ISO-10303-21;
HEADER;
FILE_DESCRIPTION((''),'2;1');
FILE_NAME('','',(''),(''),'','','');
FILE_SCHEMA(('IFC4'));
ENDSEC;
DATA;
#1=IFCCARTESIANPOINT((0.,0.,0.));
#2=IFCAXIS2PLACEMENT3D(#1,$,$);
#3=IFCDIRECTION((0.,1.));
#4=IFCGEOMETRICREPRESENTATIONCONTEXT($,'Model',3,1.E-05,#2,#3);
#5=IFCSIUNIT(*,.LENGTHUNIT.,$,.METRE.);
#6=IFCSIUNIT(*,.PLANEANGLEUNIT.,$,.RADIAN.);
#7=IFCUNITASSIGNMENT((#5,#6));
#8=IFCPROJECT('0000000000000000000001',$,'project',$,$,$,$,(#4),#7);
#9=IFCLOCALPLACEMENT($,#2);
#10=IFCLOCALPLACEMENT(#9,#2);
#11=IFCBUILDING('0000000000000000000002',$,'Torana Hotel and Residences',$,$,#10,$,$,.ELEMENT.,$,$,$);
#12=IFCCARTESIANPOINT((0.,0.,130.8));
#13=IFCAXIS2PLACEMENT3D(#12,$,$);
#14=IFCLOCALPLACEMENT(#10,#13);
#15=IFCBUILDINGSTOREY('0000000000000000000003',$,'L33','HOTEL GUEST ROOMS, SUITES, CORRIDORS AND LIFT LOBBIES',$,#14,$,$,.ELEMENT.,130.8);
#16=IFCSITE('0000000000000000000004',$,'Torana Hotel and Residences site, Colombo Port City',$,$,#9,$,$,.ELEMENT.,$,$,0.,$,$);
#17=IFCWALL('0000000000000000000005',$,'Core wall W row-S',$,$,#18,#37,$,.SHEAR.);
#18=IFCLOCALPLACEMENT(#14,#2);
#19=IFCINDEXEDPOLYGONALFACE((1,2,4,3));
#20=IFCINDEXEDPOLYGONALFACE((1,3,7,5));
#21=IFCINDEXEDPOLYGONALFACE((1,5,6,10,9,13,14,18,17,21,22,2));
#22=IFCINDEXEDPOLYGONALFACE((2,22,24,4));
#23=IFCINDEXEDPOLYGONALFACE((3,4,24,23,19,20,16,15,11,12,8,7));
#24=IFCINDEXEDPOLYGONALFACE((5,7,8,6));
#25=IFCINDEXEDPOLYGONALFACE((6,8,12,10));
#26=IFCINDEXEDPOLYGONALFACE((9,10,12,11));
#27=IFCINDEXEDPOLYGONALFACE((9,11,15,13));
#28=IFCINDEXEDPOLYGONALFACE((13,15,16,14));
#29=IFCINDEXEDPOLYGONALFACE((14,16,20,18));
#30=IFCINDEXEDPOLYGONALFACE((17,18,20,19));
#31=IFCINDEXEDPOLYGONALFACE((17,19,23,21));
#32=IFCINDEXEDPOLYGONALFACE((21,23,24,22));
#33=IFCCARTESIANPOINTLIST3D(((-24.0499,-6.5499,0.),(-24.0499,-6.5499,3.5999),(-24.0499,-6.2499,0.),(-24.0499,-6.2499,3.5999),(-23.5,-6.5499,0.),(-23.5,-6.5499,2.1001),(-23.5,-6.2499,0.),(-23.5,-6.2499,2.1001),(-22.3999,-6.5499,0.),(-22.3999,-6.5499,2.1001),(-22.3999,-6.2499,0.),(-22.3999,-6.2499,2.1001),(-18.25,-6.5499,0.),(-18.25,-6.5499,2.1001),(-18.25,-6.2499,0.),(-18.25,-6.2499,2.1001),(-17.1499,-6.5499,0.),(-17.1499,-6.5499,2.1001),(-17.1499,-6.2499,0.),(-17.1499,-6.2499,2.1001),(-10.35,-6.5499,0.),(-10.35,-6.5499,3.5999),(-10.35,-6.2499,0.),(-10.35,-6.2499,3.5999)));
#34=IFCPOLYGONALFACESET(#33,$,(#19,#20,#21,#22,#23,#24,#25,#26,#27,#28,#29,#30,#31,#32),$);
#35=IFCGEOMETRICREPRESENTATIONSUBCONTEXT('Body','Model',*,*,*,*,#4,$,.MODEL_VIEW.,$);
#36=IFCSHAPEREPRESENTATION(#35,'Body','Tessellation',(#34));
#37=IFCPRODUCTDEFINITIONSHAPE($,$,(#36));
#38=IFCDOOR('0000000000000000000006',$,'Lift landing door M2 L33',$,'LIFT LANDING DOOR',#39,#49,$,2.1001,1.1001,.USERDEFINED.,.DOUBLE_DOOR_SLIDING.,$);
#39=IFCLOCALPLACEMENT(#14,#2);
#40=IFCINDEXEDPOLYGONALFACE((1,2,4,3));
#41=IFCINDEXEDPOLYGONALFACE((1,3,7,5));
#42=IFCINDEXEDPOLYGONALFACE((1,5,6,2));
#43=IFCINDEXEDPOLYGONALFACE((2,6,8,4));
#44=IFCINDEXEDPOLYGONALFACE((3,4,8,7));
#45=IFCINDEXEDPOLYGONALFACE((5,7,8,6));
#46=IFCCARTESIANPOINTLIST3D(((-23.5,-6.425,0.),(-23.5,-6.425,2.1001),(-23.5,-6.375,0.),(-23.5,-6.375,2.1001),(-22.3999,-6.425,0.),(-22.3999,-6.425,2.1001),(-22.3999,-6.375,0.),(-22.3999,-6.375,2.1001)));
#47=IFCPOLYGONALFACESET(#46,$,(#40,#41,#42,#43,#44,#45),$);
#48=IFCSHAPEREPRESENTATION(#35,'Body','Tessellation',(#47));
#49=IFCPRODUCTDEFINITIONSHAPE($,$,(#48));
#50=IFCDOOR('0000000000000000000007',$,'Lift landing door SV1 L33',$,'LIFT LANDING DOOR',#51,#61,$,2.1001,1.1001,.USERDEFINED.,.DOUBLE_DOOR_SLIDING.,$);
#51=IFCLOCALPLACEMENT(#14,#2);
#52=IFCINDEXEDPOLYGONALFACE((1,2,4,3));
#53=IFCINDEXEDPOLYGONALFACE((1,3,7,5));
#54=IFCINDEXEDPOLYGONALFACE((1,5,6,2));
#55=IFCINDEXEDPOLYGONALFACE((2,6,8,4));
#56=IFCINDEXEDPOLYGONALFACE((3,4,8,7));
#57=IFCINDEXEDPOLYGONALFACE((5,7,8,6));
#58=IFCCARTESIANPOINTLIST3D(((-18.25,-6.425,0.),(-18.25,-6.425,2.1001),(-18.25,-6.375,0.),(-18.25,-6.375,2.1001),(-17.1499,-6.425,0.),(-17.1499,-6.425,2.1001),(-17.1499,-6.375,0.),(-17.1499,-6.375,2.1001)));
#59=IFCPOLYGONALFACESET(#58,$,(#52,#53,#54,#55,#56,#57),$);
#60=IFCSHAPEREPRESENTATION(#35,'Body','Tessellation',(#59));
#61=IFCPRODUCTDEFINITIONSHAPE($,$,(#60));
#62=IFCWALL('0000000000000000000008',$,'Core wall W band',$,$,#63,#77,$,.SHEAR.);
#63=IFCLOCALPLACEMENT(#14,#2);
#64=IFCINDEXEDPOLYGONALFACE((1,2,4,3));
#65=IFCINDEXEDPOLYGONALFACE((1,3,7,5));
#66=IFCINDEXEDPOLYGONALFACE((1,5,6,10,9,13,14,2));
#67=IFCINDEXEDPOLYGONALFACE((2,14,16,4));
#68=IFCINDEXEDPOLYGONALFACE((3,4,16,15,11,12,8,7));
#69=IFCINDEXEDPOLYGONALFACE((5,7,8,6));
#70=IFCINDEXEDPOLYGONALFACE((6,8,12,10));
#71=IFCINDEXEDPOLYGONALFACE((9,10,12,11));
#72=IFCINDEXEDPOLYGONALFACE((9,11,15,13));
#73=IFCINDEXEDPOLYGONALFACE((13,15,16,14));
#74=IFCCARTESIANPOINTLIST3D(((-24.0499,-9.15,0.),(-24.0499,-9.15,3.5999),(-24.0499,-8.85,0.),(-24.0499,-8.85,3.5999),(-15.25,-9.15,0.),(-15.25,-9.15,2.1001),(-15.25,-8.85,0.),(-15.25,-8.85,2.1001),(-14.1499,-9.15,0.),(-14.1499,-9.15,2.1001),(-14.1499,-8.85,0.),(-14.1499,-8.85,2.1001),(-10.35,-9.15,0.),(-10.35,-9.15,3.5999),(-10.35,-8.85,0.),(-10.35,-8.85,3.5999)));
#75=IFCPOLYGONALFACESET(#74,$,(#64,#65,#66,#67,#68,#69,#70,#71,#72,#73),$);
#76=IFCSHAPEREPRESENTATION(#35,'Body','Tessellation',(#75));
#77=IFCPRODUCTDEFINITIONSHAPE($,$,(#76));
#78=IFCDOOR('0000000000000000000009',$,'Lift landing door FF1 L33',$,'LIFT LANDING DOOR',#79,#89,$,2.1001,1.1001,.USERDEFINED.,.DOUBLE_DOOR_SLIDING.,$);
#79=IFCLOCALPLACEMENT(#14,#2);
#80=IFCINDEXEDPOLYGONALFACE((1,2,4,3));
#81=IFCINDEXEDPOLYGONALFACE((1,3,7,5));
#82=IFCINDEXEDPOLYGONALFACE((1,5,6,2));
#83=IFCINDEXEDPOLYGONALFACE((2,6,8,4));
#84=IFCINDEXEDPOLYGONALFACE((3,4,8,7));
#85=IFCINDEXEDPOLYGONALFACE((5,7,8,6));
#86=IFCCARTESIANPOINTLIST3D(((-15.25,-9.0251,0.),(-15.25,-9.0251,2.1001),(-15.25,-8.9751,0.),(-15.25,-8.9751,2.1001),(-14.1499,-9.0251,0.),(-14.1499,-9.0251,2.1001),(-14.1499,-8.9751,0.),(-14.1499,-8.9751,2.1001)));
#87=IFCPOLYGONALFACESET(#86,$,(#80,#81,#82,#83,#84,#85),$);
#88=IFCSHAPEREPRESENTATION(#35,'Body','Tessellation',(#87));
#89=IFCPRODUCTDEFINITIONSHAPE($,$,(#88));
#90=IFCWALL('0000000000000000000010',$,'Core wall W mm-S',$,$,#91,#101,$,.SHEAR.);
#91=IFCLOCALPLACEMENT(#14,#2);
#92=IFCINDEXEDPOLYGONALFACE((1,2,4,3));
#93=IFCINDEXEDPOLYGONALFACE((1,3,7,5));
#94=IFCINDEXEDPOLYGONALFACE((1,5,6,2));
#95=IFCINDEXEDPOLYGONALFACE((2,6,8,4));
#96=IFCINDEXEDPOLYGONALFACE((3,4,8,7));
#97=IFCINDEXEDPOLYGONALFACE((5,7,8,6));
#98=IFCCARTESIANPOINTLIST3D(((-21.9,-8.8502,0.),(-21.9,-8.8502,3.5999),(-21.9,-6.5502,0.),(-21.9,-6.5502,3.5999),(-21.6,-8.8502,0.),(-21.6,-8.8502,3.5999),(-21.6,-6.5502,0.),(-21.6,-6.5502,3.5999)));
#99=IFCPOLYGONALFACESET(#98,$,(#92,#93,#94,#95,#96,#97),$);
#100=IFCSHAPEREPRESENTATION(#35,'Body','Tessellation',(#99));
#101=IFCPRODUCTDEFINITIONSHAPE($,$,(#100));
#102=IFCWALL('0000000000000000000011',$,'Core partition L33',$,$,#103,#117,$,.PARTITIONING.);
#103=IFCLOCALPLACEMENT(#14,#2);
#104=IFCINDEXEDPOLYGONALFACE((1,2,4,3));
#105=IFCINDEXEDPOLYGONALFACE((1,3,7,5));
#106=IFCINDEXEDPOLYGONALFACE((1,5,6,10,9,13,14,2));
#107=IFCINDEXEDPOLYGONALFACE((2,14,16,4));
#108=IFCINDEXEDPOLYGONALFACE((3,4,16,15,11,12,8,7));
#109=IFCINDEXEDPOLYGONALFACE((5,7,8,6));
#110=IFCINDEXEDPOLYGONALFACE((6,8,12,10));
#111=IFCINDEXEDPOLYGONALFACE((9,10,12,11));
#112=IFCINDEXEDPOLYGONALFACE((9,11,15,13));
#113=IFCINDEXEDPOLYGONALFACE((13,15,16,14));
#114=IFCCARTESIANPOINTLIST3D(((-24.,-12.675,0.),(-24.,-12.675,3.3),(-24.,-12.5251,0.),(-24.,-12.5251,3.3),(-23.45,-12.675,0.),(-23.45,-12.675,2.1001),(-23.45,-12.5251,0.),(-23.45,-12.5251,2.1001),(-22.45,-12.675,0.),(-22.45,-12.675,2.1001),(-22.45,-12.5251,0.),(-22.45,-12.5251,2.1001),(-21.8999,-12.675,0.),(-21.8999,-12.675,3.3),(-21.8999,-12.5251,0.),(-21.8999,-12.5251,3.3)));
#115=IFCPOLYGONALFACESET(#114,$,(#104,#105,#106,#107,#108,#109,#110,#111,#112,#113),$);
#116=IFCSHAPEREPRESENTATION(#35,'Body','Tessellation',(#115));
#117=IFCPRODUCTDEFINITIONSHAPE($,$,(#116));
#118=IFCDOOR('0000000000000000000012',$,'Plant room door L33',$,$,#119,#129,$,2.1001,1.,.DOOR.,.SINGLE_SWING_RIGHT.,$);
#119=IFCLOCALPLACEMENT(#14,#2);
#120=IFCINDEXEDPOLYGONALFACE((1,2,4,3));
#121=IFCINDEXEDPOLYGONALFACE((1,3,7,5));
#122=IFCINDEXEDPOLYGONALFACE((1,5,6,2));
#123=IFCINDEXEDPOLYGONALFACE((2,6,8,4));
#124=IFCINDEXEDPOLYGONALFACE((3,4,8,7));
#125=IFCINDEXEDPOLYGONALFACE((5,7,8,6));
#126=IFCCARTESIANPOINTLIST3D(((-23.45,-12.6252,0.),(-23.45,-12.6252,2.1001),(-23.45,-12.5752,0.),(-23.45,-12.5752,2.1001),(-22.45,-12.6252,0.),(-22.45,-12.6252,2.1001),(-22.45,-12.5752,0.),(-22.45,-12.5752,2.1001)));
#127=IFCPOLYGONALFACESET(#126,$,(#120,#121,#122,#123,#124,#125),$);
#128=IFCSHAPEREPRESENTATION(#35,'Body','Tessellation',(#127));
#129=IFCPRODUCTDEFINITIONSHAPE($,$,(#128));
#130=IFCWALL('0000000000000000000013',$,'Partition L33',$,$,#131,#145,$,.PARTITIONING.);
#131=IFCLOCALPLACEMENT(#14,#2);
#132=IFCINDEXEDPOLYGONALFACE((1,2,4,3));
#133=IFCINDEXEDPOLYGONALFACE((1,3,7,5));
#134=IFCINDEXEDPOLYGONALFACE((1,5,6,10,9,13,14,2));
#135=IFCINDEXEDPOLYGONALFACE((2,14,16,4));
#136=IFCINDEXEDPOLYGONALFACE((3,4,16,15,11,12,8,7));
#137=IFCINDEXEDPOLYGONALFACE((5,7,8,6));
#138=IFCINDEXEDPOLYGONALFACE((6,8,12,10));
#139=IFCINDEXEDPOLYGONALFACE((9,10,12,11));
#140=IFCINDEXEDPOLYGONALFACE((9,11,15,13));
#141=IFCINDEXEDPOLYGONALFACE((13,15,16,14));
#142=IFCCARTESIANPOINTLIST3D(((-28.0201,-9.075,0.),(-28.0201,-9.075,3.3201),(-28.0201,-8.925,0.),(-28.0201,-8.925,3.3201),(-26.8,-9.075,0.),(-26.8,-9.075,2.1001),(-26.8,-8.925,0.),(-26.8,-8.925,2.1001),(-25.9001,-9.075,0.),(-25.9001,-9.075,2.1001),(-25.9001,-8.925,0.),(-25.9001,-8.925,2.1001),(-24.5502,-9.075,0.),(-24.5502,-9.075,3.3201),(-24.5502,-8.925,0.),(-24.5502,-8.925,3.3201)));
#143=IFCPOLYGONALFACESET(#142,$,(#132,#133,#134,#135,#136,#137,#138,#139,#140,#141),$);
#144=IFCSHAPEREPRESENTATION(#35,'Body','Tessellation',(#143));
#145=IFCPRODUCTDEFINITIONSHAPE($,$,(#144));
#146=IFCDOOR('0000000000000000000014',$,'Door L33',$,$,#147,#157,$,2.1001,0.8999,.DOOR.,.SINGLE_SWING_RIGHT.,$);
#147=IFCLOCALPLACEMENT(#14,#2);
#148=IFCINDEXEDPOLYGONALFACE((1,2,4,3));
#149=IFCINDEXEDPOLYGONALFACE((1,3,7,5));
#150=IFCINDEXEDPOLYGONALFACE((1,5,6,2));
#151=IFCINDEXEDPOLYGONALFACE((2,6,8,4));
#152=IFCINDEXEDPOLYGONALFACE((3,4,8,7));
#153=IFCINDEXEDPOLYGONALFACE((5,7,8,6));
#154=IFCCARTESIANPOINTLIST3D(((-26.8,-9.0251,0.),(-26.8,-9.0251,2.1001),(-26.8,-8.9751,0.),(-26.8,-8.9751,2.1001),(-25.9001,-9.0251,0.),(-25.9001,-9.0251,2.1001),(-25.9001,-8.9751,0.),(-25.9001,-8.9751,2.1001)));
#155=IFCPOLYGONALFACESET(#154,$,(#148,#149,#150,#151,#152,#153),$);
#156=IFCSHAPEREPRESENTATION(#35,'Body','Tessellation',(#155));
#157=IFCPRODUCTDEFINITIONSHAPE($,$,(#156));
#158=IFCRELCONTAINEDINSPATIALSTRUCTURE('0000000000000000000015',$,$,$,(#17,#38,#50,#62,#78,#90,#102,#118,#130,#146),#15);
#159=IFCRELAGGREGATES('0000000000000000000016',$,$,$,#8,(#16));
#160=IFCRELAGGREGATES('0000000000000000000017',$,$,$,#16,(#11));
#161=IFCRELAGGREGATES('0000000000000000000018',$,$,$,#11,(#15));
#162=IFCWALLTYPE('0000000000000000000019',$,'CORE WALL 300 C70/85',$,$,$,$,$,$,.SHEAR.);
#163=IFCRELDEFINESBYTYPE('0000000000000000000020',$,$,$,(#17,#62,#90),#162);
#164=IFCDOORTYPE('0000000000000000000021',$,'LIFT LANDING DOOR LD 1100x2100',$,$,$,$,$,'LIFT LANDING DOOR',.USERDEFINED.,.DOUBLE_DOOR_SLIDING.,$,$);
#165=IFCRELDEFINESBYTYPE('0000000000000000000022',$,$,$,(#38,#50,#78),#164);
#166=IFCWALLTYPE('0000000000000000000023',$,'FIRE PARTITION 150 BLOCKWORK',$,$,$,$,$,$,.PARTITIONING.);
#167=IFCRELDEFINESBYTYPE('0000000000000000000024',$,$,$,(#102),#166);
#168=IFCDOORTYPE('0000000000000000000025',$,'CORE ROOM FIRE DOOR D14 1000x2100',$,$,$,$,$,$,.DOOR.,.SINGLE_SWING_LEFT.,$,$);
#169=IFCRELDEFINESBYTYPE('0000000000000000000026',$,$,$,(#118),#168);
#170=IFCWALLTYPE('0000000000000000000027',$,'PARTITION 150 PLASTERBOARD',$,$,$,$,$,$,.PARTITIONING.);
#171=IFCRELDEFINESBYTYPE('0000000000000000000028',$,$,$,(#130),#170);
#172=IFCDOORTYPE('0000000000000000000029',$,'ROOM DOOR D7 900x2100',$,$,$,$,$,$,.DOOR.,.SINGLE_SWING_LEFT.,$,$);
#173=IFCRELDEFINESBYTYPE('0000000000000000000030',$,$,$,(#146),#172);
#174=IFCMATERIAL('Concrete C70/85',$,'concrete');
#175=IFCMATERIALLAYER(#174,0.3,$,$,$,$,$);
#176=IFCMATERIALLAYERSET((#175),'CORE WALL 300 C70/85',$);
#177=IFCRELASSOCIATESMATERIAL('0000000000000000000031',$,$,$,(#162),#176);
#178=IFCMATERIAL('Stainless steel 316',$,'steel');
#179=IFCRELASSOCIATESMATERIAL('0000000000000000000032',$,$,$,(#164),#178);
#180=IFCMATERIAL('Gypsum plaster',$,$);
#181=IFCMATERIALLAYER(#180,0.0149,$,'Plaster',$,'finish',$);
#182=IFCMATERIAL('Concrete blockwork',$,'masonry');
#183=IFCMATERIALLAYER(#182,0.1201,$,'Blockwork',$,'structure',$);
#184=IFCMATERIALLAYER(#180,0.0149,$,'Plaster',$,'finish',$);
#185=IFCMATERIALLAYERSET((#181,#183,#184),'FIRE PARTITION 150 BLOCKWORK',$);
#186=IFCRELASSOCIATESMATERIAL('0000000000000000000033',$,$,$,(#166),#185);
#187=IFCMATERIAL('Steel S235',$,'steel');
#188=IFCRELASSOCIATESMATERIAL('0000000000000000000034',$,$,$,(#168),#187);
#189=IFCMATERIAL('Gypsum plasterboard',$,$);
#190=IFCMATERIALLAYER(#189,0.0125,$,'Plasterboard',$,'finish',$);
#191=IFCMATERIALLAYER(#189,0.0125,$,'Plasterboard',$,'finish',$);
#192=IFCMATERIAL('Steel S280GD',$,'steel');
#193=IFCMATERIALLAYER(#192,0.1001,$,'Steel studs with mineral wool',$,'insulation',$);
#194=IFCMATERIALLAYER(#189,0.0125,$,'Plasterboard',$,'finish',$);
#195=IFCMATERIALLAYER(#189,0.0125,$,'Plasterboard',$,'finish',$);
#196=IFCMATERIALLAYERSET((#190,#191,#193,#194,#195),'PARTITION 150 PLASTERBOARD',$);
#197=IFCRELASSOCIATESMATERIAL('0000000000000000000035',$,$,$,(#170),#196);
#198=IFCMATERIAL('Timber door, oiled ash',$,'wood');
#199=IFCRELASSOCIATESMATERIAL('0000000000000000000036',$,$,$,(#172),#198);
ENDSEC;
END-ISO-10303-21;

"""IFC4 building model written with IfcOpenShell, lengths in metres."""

from ifc_helpers import new_model, si_unit, direction, frame, frame_2d, origin, place, context, subcontext, project, spatial, rectangle, extrude, material, layer, layer_set, type_object, element, fill, save


model = new_model("IFC4")

# Units and contexts
model_context = context("Model", 3, precision=1e-05, world=origin(), true_north=direction((0.0, 1.0)))
body_context = subcontext(model_context, "Body", "Model", "MODEL_VIEW")
ifc_project = project(units=[si_unit("LENGTHUNIT", "METRE"), si_unit("PLANEANGLEUNIT", "RADIAN")], contexts=[model_context])

# Site, building, storey
site_placement = place(None, origin())
site = spatial("IfcSite", under=ifc_project, at=site_placement, Name="Torana Hotel and Residences site, Colombo Port City", CompositionType="ELEMENT", RefElevation=0.0)
building_placement = place(site_placement, origin())
building = spatial("IfcBuilding", under=site, at=building_placement, Name="Torana Hotel and Residences", CompositionType="ELEMENT")
storey_placement = place(building_placement, frame((0.0, 0.0, 130.8)))
storey = spatial("IfcBuildingStorey", under=building, at=storey_placement, Name="L33", Description="HOTEL GUEST ROOMS, SUITES, CORRIDORS AND LIFT LOBBIES", CompositionType="ELEMENT", Elevation=130.8)

# Wall, openings, doors
ifc_material_1 = material(Name="Concrete C70/85", Category="concrete")
ifc_layer_1 = layer(ifc_material_1, 0.3)
ifc_layer_set_1 = layer_set([ifc_layer_1], Name="CORE WALL 300 C70/85")
wall_type_1 = type_object("IfcWallType", Name="CORE WALL 300 C70/85", PredefinedType="SHEAR", material=ifc_layer_set_1)
wall_1_placement = place(storey_placement, frame((-24.05, -6.3999, 0.0), z_axis=(0.0, 0.0, 1.0), x_axis=(1.0, 0.0, 0.0)))
wall_1 = element("IfcWall", 1, at=wall_1_placement, inside=storey, type_object=wall_type_1, Name="Core wall W row-S", PredefinedType="SHEAR", context=body_context, shape_type="SweptSolid", body=[
    extrude(rectangle(XDim=13.7, YDim=0.3, at=frame_2d((6.8501, 0.0))), origin(), (0.0, 0.0, 1.0), 3.5999),
])
opening_1_placement = place(wall_1_placement, frame((0.55, 0.0, 0.0)))
opening_1 = element("IfcOpeningElement", 2, at=opening_1_placement, cuts=wall_1, PredefinedType="OPENING", context=body_context, shape_type="SweptSolid", body=[
    extrude(rectangle(XDim=1.1001, YDim=2.1001, at=frame_2d((0.55, 1.05))), frame((0.0, 0.1599, 0.0), z_axis=(0.0, -1.0, 0.0), x_axis=(1.0, 0.0, 0.0)), (0.0, 0.0, 1.0), 0.3201),
])
opening_2_placement = place(wall_1_placement, frame((5.8, 0.0, 0.0)))
opening_2 = element("IfcOpeningElement", 3, at=opening_2_placement, cuts=wall_1, PredefinedType="OPENING", context=body_context, shape_type="SweptSolid", body=[
    extrude(rectangle(XDim=1.1001, YDim=2.1001, at=frame_2d((0.55, 1.05))), frame((0.0, 0.1599, 0.0), z_axis=(0.0, -1.0, 0.0), x_axis=(1.0, 0.0, 0.0)), (0.0, 0.0, 1.0), 0.3201),
])
ifc_material_2 = material(Name="Stainless steel 316", Category="steel")
door_type_1 = type_object("IfcDoorType", Name="LIFT LANDING DOOR LD 1100x2100", ElementType="LIFT LANDING DOOR", OperationType="DOUBLE_DOOR_SLIDING", PredefinedType="USERDEFINED", material=ifc_material_2)
door_1_placement = place(opening_1_placement, origin())
door_1 = element("IfcDoor", 4, at=door_1_placement, inside=storey, type_object=door_type_1, Name="Lift landing door M2 L33", ObjectType="LIFT LANDING DOOR", OperationType="DOUBLE_DOOR_SLIDING", OverallHeight=2.1001, OverallWidth=1.1001, PredefinedType="USERDEFINED", context=body_context, shape_type="SweptSolid", body=[
    extrude(rectangle(XDim=1.1001, YDim=2.1001, at=frame_2d((0.55, 1.05))), frame((0.0, 0.0249, 0.0), z_axis=(0.0, -1.0, 0.0), x_axis=(1.0, 0.0, 0.0)), (0.0, 0.0, 1.0), 0.05),
])
fill(opening_1, door_1)
door_2_placement = place(opening_2_placement, origin())
door_2 = element("IfcDoor", 5, at=door_2_placement, inside=storey, type_object=door_type_1, Name="Lift landing door SV1 L33", ObjectType="LIFT LANDING DOOR", OperationType="DOUBLE_DOOR_SLIDING", OverallHeight=2.1001, OverallWidth=1.1001, PredefinedType="USERDEFINED", context=body_context, shape_type="SweptSolid", body=[
    extrude(rectangle(XDim=1.1001, YDim=2.1001, at=frame_2d((0.55, 1.05))), frame((0.0, 0.0249, 0.0), z_axis=(0.0, -1.0, 0.0), x_axis=(1.0, 0.0, 0.0)), (0.0, 0.0, 1.0), 0.05),
])
fill(opening_2, door_2)

# Wall, opening, door
wall_2_placement = place(storey_placement, frame((-24.05, -9.0, 0.0), z_axis=(0.0, 0.0, 1.0), x_axis=(1.0, 0.0, 0.0)))
wall_2 = element("IfcWall", 6, at=wall_2_placement, inside=storey, type_object=wall_type_1, Name="Core wall W band", PredefinedType="SHEAR", context=body_context, shape_type="SweptSolid", body=[
    extrude(rectangle(XDim=13.7, YDim=0.3, at=frame_2d((6.8501, 0.0))), origin(), (0.0, 0.0, 1.0), 3.5999),
])
opening_3_placement = place(wall_2_placement, frame((8.8, 0.0, 0.0)))
opening_3 = element("IfcOpeningElement", 7, at=opening_3_placement, cuts=wall_2, PredefinedType="OPENING", context=body_context, shape_type="SweptSolid", body=[
    extrude(rectangle(XDim=1.1001, YDim=2.1001, at=frame_2d((0.55, 1.05))), frame((0.0, 0.1599, 0.0), z_axis=(0.0, -1.0, 0.0), x_axis=(1.0, 0.0, 0.0)), (0.0, 0.0, 1.0), 0.3201),
])
door_3_placement = place(opening_3_placement, origin())
door_3 = element("IfcDoor", 8, at=door_3_placement, inside=storey, type_object=door_type_1, Name="Lift landing door FF1 L33", ObjectType="LIFT LANDING DOOR", OperationType="DOUBLE_DOOR_SLIDING", OverallHeight=2.1001, OverallWidth=1.1001, PredefinedType="USERDEFINED", context=body_context, shape_type="SweptSolid", body=[
    extrude(rectangle(XDim=1.1001, YDim=2.1001, at=frame_2d((0.55, 1.05))), frame((0.0, 0.0249, 0.0), z_axis=(0.0, -1.0, 0.0), x_axis=(1.0, 0.0, 0.0)), (0.0, 0.0, 1.0), 0.05),
])
fill(opening_3, door_3)

# Wall
wall_3_placement = place(storey_placement, frame((-21.75, -8.8501, 0.0), z_axis=(0.0, 0.0, 1.0), x_axis=(0.0, 1.0, 0.0)))
element("IfcWall", 9, at=wall_3_placement, inside=storey, type_object=wall_type_1, Name="Core wall W mm-S", PredefinedType="SHEAR", context=body_context, shape_type="SweptSolid", body=[
    extrude(rectangle(XDim=2.3, YDim=0.3, at=frame_2d((1.1499, 0.0))), origin(), (0.0, 0.0, 1.0), 3.5999),
])

# Walls, openings, doors
ifc_material_3 = material(Name="Gypsum plaster")
ifc_layer_2 = layer(ifc_material_3, 0.0149, Name="Plaster", Category="finish")
ifc_material_4 = material(Name="Concrete blockwork", Category="masonry")
ifc_layer_3 = layer(ifc_material_4, 0.1201, Name="Blockwork", Category="structure")
ifc_layer_4 = layer(ifc_material_3, 0.0149, Name="Plaster", Category="finish")
ifc_layer_set_2 = layer_set([ifc_layer_2, ifc_layer_3, ifc_layer_4], Name="FIRE PARTITION 150 BLOCKWORK")
wall_type_2 = type_object("IfcWallType", Name="FIRE PARTITION 150 BLOCKWORK", PredefinedType="PARTITIONING", material=ifc_layer_set_2)
wall_4_placement = place(storey_placement, frame((-24.0, -12.6001, 0.0), z_axis=(0.0, 0.0, 1.0), x_axis=(1.0, 0.0, 0.0)))
wall_4 = element("IfcWall", 10, at=wall_4_placement, inside=storey, type_object=wall_type_2, Name="Core partition L33", PredefinedType="PARTITIONING", context=body_context, shape_type="SweptSolid", body=[
    extrude(rectangle(XDim=2.1001, YDim=0.1499, at=frame_2d((1.05, 0.0))), origin(), (0.0, 0.0, 1.0), 3.3),
])
opening_4_placement = place(wall_4_placement, frame((0.55, 0.0, 0.0)))
opening_4 = element("IfcOpeningElement", 11, at=opening_4_placement, cuts=wall_4, PredefinedType="OPENING", context=body_context, shape_type="SweptSolid", body=[
    extrude(rectangle(XDim=1.0, YDim=2.1001, at=frame_2d((0.5, 1.05))), frame((0.0, 0.085, 0.0), z_axis=(0.0, -1.0, 0.0), x_axis=(1.0, 0.0, 0.0)), (0.0, 0.0, 1.0), 0.1699),
])
ifc_material_5 = material(Name="Steel S235", Category="steel")
door_type_2 = type_object("IfcDoorType", Name="CORE ROOM FIRE DOOR D14 1000x2100", OperationType="SINGLE_SWING_LEFT", PredefinedType="DOOR", material=ifc_material_5)
door_4_placement = place(opening_4_placement, origin())
door_4 = element("IfcDoor", 12, at=door_4_placement, inside=storey, type_object=door_type_2, Name="Plant room door L33", OperationType="SINGLE_SWING_RIGHT", OverallHeight=2.1001, OverallWidth=1.0, PredefinedType="DOOR", context=body_context, shape_type="SweptSolid", body=[
    extrude(rectangle(XDim=1.0, YDim=2.1001, at=frame_2d((0.5, 1.05))), frame((0.0, 0.0249, 0.0), z_axis=(0.0, -1.0, 0.0), x_axis=(1.0, 0.0, 0.0)), (0.0, 0.0, 1.0), 0.05),
])
fill(opening_4, door_4)
ifc_material_6 = material(Name="Gypsum plasterboard")
ifc_layer_5 = layer(ifc_material_6, 0.0125, Name="Plasterboard", Category="finish")
ifc_layer_6 = layer(ifc_material_6, 0.0125, Name="Plasterboard", Category="finish")
ifc_material_7 = material(Name="Steel S280GD", Category="steel")
ifc_layer_7 = layer(ifc_material_7, 0.1001, Name="Steel studs with mineral wool", Category="insulation")
ifc_layer_8 = layer(ifc_material_6, 0.0125, Name="Plasterboard", Category="finish")
ifc_layer_9 = layer(ifc_material_6, 0.0125, Name="Plasterboard", Category="finish")
ifc_layer_set_3 = layer_set([ifc_layer_5, ifc_layer_6, ifc_layer_7, ifc_layer_8, ifc_layer_9], Name="PARTITION 150 PLASTERBOARD")
wall_type_3 = type_object("IfcWallType", Name="PARTITION 150 PLASTERBOARD", PredefinedType="PARTITIONING", material=ifc_layer_set_3)
wall_5_placement = place(storey_placement, frame((-28.02, -9.0, 0.0), z_axis=(0.0, 0.0, 1.0), x_axis=(1.0, 0.0, 0.0)))
wall_5 = element("IfcWall", 13, at=wall_5_placement, inside=storey, type_object=wall_type_3, Name="Partition L33", PredefinedType="PARTITIONING", context=body_context, shape_type="SweptSolid", body=[
    extrude(rectangle(XDim=3.47, YDim=0.1499, at=frame_2d((1.7349, 0.0))), origin(), (0.0, 0.0, 1.0), 3.3201),
])
opening_5_placement = place(wall_5_placement, frame((1.22, 0.0, 0.0)))
opening_5 = element("IfcOpeningElement", 14, at=opening_5_placement, cuts=wall_5, PredefinedType="OPENING", context=body_context, shape_type="SweptSolid", body=[
    extrude(rectangle(XDim=0.8999, YDim=2.1001, at=frame_2d((0.45, 1.05))), frame((0.0, 0.085, 0.0), z_axis=(0.0, -1.0, 0.0), x_axis=(1.0, 0.0, 0.0)), (0.0, 0.0, 1.0), 0.1699),
])
ifc_material_8 = material(Name="Timber door, oiled ash", Category="wood")
door_type_3 = type_object("IfcDoorType", Name="ROOM DOOR D7 900x2100", OperationType="SINGLE_SWING_LEFT", PredefinedType="DOOR", material=ifc_material_8)
door_5_placement = place(opening_5_placement, origin())
door_5 = element("IfcDoor", 15, at=door_5_placement, inside=storey, type_object=door_type_3, Name="Door L33", OperationType="SINGLE_SWING_RIGHT", OverallHeight=2.1001, OverallWidth=0.8999, PredefinedType="DOOR", context=body_context, shape_type="SweptSolid", body=[
    extrude(rectangle(XDim=0.8999, YDim=2.1001, at=frame_2d((0.45, 1.05))), frame((0.0, 0.0249, 0.0), z_axis=(0.0, -1.0, 0.0), x_axis=(1.0, 0.0, 0.0)), (0.0, 0.0, 1.0), 0.05),
])
fill(opening_5, door_5)

save(model, "model.ifc")
